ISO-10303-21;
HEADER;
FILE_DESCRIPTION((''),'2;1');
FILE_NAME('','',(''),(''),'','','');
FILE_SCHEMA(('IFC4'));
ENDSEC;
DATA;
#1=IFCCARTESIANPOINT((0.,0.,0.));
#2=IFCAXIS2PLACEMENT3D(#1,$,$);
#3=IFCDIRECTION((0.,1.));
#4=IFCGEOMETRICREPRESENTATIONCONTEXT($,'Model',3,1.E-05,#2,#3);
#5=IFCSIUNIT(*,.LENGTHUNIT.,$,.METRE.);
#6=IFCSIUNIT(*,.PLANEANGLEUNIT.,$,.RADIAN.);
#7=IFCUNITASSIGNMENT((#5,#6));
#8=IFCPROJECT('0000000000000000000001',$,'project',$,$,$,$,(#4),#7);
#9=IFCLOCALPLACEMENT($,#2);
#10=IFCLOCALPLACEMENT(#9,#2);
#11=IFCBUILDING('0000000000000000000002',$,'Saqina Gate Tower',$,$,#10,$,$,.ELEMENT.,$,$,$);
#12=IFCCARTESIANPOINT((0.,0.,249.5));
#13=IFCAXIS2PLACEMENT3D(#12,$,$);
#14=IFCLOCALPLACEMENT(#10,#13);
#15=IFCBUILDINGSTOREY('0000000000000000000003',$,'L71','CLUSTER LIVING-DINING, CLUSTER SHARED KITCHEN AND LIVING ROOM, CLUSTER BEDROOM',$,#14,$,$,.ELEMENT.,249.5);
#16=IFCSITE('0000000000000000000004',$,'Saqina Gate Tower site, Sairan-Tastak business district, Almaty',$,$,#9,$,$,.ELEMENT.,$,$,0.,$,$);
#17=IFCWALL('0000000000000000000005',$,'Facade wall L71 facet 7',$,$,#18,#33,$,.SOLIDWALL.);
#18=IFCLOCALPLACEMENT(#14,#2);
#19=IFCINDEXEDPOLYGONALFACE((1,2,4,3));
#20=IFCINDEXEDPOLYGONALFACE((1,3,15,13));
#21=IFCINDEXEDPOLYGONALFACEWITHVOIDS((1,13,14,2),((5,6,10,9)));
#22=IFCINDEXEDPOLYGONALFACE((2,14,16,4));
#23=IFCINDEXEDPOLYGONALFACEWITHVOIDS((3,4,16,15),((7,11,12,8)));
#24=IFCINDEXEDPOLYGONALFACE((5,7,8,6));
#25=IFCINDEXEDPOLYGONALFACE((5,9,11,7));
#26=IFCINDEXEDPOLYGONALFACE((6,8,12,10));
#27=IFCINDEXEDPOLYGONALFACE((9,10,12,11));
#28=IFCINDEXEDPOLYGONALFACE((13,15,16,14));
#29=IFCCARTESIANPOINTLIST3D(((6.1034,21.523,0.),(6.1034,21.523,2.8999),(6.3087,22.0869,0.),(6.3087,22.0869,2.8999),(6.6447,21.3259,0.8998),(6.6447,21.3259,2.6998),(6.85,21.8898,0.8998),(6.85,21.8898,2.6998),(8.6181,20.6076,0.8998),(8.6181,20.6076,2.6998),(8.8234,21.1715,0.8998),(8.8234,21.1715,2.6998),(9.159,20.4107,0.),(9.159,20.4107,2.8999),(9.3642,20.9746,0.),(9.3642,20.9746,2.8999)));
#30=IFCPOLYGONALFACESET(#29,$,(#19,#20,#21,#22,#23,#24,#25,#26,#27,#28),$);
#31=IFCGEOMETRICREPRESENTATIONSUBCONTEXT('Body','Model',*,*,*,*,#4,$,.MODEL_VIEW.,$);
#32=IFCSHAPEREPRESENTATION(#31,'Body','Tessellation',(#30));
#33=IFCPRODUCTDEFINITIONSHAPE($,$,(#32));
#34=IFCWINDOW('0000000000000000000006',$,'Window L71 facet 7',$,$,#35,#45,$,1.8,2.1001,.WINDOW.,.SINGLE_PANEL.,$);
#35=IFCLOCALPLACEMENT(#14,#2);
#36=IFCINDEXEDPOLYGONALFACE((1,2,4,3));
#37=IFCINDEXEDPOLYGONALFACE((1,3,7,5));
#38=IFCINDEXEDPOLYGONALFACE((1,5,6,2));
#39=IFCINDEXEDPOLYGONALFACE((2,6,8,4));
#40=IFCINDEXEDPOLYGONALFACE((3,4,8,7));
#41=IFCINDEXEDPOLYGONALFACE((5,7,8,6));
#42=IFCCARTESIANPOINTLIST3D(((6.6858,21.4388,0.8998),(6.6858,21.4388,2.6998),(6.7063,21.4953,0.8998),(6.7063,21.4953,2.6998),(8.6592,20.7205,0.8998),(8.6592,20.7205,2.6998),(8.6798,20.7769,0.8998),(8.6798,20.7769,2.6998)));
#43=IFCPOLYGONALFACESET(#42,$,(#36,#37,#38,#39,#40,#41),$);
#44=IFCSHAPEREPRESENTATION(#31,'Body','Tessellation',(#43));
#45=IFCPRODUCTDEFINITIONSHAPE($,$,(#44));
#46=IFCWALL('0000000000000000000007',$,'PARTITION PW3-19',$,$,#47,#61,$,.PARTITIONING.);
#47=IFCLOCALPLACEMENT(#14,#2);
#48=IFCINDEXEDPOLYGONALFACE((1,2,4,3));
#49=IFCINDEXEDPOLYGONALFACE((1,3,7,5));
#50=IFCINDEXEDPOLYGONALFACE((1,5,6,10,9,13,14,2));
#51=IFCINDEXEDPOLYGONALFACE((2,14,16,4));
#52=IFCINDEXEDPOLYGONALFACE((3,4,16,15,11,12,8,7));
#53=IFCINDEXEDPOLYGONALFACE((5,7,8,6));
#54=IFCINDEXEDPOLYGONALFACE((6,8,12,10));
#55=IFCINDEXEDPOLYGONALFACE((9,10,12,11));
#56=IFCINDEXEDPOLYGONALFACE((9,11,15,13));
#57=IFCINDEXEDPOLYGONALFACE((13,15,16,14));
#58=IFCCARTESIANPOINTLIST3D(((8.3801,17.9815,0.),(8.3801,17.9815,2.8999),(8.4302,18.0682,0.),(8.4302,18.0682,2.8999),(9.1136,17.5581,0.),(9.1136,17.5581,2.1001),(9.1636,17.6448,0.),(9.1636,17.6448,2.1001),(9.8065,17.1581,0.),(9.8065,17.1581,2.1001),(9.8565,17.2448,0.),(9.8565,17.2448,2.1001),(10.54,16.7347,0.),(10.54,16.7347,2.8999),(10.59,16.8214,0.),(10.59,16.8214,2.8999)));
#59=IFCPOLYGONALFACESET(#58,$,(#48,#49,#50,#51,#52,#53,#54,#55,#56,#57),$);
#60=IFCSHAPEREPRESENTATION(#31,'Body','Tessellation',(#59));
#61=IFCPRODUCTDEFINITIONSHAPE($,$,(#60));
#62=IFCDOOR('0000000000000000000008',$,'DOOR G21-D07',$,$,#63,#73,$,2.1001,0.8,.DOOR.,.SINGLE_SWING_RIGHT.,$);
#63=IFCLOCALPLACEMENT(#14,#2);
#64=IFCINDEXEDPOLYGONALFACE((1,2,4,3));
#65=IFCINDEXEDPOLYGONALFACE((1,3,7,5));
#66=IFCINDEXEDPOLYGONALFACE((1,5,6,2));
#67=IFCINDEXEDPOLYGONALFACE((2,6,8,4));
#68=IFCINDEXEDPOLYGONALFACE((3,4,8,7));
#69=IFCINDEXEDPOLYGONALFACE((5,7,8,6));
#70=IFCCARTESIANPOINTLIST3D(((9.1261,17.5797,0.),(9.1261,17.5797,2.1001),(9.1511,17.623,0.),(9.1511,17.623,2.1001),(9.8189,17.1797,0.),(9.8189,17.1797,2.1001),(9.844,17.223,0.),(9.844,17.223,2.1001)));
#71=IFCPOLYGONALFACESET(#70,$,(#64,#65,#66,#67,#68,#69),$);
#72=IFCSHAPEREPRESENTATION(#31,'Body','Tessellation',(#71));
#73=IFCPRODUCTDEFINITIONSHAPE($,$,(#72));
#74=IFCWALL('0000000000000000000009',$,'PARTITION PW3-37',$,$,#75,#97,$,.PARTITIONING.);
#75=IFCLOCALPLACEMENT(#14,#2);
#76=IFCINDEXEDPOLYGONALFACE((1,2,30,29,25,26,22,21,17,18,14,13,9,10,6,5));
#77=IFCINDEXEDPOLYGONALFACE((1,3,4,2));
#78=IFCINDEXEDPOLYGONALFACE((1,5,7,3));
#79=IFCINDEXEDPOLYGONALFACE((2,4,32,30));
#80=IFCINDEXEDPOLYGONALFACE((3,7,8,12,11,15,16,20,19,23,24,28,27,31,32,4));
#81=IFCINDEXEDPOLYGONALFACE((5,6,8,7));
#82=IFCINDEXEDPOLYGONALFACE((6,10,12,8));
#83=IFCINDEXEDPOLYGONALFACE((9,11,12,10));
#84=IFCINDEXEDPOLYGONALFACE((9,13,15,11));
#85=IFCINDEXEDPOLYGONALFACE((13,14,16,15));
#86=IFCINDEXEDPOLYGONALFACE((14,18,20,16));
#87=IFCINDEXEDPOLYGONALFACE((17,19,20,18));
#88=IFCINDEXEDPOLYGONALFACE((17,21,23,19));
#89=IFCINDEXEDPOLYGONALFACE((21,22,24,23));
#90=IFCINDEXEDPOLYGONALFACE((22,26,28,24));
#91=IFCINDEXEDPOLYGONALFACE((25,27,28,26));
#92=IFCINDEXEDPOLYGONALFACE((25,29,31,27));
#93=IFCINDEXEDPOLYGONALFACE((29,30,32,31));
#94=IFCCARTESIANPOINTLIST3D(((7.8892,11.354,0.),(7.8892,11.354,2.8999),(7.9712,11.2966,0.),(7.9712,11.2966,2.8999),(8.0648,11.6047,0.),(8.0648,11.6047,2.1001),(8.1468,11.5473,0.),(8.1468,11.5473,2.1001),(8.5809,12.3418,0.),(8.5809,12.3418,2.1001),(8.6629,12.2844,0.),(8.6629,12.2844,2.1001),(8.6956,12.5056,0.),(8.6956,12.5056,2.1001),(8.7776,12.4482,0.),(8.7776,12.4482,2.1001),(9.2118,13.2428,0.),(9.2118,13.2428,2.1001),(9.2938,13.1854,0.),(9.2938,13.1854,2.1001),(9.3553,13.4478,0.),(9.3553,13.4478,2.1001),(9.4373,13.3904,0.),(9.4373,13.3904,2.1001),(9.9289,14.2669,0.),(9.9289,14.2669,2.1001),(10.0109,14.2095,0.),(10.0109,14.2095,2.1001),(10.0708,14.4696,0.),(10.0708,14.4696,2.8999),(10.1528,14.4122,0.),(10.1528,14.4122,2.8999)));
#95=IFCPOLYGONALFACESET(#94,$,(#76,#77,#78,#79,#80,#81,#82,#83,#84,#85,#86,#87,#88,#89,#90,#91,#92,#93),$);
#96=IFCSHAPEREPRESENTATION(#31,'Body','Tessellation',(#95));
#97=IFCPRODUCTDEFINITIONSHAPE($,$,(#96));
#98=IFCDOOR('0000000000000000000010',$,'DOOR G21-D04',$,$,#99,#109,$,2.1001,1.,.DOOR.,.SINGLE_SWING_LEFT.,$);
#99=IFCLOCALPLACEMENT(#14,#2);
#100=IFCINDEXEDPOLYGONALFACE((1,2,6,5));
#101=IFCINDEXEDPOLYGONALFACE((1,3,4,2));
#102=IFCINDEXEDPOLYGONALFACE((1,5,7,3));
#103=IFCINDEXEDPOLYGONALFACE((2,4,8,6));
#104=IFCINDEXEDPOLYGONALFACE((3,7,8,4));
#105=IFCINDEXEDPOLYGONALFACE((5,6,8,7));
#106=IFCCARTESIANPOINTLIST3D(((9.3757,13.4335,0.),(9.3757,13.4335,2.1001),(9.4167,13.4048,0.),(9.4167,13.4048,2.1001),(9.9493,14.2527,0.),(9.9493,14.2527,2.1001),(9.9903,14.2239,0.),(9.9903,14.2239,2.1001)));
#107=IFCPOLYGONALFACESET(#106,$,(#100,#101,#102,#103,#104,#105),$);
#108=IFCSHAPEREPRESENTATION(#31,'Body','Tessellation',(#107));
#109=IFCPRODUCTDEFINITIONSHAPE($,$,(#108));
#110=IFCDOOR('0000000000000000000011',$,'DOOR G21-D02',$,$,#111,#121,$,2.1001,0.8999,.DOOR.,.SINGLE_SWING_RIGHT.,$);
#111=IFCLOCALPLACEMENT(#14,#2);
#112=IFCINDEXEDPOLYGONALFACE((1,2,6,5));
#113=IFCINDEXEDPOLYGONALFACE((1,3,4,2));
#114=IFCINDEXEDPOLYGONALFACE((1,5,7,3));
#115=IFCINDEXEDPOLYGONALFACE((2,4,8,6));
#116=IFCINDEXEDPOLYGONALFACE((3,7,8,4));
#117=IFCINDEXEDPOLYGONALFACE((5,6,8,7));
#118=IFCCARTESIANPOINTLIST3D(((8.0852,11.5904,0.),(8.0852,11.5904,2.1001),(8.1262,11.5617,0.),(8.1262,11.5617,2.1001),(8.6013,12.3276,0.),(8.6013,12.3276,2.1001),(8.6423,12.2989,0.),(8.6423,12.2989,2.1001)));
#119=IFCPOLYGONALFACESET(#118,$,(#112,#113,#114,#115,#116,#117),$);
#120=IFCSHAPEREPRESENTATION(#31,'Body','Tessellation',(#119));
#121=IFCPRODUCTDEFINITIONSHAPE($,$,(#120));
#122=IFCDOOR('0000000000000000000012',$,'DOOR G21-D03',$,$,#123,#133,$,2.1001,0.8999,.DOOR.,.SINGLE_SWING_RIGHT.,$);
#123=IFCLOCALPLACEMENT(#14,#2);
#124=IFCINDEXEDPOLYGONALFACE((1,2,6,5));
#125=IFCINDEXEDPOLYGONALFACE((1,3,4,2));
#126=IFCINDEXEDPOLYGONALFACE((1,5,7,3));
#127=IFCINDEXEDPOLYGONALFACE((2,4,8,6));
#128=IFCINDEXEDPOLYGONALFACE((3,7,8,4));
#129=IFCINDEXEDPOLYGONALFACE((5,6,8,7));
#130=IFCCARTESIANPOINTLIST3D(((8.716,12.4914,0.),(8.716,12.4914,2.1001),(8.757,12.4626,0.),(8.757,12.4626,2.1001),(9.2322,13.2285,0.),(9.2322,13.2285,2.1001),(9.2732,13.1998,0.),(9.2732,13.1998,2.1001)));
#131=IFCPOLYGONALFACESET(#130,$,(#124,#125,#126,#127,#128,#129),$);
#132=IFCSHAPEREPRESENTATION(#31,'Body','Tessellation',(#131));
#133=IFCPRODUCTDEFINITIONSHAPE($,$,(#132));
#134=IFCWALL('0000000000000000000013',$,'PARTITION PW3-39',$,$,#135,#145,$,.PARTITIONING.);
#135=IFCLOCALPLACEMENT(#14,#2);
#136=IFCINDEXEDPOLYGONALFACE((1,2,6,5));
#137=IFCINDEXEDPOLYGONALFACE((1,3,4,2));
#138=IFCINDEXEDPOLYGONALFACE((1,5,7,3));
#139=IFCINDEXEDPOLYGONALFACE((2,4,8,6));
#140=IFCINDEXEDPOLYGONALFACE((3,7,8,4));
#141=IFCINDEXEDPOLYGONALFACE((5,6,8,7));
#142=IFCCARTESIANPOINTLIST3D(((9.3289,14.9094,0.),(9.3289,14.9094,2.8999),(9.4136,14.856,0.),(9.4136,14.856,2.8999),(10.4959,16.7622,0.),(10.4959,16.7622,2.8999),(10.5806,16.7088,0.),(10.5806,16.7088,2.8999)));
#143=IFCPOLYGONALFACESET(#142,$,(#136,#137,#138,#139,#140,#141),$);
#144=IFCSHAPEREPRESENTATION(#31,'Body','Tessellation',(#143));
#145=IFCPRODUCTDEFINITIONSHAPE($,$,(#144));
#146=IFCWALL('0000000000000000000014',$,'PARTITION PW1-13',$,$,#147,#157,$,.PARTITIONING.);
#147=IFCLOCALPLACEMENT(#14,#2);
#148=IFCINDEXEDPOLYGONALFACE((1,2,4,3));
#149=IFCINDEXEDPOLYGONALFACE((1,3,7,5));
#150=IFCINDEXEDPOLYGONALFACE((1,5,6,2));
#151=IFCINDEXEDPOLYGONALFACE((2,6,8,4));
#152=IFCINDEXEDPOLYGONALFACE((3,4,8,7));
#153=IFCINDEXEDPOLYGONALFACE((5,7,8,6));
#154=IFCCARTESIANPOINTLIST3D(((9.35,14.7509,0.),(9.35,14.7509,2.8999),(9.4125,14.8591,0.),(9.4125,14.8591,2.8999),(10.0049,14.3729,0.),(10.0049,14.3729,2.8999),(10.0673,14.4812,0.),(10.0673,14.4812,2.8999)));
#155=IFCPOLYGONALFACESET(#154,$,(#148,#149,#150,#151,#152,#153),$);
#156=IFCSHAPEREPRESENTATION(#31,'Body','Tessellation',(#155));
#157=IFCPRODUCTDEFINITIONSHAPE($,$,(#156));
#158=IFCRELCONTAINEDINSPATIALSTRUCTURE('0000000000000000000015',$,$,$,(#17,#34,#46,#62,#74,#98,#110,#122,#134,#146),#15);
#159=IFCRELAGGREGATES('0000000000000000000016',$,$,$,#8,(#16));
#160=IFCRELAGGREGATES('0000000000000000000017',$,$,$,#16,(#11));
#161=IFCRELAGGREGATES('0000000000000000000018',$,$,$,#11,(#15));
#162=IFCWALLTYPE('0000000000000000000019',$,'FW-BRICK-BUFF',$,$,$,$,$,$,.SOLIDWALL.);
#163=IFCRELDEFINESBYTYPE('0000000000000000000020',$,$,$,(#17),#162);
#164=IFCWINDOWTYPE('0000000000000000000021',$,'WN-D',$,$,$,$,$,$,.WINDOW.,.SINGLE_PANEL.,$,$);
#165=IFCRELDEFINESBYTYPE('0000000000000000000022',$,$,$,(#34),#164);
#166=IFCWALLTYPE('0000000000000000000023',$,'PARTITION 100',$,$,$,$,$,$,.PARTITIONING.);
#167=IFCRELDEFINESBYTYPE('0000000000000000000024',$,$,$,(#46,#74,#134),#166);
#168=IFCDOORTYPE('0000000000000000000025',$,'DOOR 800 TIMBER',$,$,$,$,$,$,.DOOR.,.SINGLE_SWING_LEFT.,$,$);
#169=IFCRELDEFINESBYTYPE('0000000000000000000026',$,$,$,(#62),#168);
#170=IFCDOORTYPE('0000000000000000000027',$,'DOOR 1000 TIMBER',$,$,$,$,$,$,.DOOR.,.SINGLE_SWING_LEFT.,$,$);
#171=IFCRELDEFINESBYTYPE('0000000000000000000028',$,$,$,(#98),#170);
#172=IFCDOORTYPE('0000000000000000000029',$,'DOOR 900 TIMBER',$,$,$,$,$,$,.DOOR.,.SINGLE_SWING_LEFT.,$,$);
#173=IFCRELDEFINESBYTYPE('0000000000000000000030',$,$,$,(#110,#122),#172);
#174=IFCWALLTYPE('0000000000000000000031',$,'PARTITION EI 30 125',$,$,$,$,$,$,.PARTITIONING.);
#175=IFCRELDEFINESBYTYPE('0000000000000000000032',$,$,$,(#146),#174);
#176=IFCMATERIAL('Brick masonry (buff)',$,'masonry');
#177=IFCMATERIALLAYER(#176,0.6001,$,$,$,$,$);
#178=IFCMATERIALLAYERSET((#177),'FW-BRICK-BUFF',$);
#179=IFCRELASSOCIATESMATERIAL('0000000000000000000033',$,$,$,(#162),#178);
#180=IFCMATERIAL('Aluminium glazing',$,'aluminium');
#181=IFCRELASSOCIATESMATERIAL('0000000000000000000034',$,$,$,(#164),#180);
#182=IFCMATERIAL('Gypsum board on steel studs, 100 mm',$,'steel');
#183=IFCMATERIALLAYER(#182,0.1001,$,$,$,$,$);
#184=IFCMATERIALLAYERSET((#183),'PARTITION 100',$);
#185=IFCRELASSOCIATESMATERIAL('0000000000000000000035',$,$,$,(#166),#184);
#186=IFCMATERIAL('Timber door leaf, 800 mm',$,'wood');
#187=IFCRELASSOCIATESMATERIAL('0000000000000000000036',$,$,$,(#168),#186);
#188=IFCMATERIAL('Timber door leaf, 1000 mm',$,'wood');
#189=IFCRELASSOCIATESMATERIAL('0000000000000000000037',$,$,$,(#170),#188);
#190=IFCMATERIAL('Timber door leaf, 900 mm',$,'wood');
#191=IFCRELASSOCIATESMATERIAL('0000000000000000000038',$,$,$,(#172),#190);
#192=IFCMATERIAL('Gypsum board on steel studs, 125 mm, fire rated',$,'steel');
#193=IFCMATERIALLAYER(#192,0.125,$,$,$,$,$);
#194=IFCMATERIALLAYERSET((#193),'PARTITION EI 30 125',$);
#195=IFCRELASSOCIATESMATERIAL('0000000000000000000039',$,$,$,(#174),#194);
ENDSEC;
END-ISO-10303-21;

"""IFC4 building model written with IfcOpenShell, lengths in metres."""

from ifc_helpers import new_model, si_unit, direction, frame, frame_2d, origin, place, context, subcontext, project, spatial, rectangle, extrude, material, layer, layer_set, type_object, element, fill, save


model = new_model("IFC4")

# Units and contexts
model_context = context("Model", 3, precision=1e-05, world=origin(), true_north=direction((0.0, 1.0)))
body_context = subcontext(model_context, "Body", "Model", "MODEL_VIEW")
ifc_project = project(units=[si_unit("LENGTHUNIT", "METRE"), si_unit("PLANEANGLEUNIT", "RADIAN")], contexts=[model_context])

# Site, building, storey
site_placement = place(None, origin())
site = spatial("IfcSite", under=ifc_project, at=site_placement, Name="Saqina Gate Tower site, Sairan-Tastak business district, Almaty", CompositionType="ELEMENT", RefElevation=0.0)
building_placement = place(site_placement, origin())
building = spatial("IfcBuilding", under=site, at=building_placement, Name="Saqina Gate Tower", CompositionType="ELEMENT")
storey_placement = place(building_placement, frame((0.0, 0.0, 249.5)))
storey = spatial("IfcBuildingStorey", under=building, at=storey_placement, Name="L71", Description="CLUSTER LIVING-DINING, CLUSTER SHARED KITCHEN AND LIVING ROOM, CLUSTER BEDROOM", CompositionType="ELEMENT", Elevation=249.5)

# Wall, opening, window
ifc_material_1 = material(Name="Brick masonry (buff)", Category="masonry")
ifc_layer_1 = layer(ifc_material_1, 0.6001)
ifc_layer_set_1 = layer_set([ifc_layer_1], Name="FW-BRICK-BUFF")
wall_type_1 = type_object("IfcWallType", Name="FW-BRICK-BUFF", PredefinedType="SOLIDWALL", material=ifc_layer_set_1)
ifc_material_2 = material(Name="Aluminium glazing", Category="aluminium")
window_type = type_object("IfcWindowType", Name="WN-D", PartitioningType="SINGLE_PANEL", PredefinedType="WINDOW", material=ifc_material_2)
wall_1_placement = place(storey_placement, frame((9.2617, 20.6926, 0.0), z_axis=(0.0, 0.0, 1.0), x_axis=(-0.939679, 0.342057, 0.0)))
wall_1 = element("IfcWall", 1, at=wall_1_placement, inside=storey, type_object=wall_type_1, Name="Facade wall L71 facet 7", PredefinedType="SOLIDWALL", context=body_context, shape_type="SweptSolid", body=[
    extrude(rectangle(XDim=3.2517, YDim=0.6001, at=frame_2d((1.626, 0.0))), origin(), (0.0, 0.0, 1.0), 2.8999),
])
opening_1_placement = place(wall_1_placement, frame((0.5757, 0.0, 0.8999)))
opening_1 = element("IfcOpeningElement", 2, at=opening_1_placement, cuts=wall_1, PredefinedType="OPENING", context=body_context, shape_type="SweptSolid", body=[
    extrude(rectangle(XDim=2.1001, YDim=1.8, at=frame_2d((1.05, 0.8999))), frame((0.0, 0.312, 0.0), z_axis=(0.0, -1.0, 0.0), x_axis=(1.0, 0.0, 0.0)), (0.0, 0.0, 1.0), 0.624),
])
window_1_placement = place(opening_1_placement, origin())
window_1 = element("IfcWindow", 3, at=window_1_placement, inside=storey, type_object=window_type, Name="Window L71 facet 7", OverallHeight=1.8, OverallWidth=2.1001, PartitioningType="SINGLE_PANEL", PredefinedType="WINDOW", context=body_context, shape_type="SweptSolid", body=[
    extrude(rectangle(XDim=2.1001, YDim=1.8, at=frame_2d((1.05, 0.8999))), frame((0.0, 0.1799, 0.0), z_axis=(0.0, -1.0, 0.0), x_axis=(1.0, 0.0, 0.0)), (0.0, 0.0, 1.0), 0.0601),
])
fill(opening_1, window_1)

# Wall, opening, door
ifc_material_3 = material(Name="Gypsum board on steel studs, 100 mm", Category="steel")
ifc_layer_2 = layer(ifc_material_3, 0.1001)
ifc_layer_set_2 = layer_set([ifc_layer_2], Name="PARTITION 100")
wall_type_2 = type_object("IfcWallType", Name="PARTITION 100", PredefinedType="PARTITIONING", material=ifc_layer_set_2)
wall_2_placement = place(storey_placement, frame((8.405, 18.0249, 0.0), z_axis=(0.0, 0.0, 1.0), x_axis=(0.86606, -0.49994, 0.0)))
wall_2 = element("IfcWall", 4, at=wall_2_placement, inside=storey, type_object=wall_type_2, Name="PARTITION PW3-19", PredefinedType="PARTITIONING", context=body_context, shape_type="SweptSolid", body=[
    extrude(rectangle(XDim=2.4939, YDim=0.1001, at=frame_2d((1.2471, 0.0))), origin(), (0.0, 0.0, 1.0), 2.8999),
])
opening_2_placement = place(wall_2_placement, frame((0.8472, 0.0, 0.0)))
opening_2 = element("IfcOpeningElement", 5, at=opening_2_placement, cuts=wall_2, PredefinedType="OPENING", context=body_context, shape_type="SweptSolid", body=[
    extrude(rectangle(XDim=0.8, YDim=2.1001, at=frame_2d((0.3999, 1.05))), frame((0.0, 0.062, 0.0), z_axis=(0.0, -1.0, 0.0), x_axis=(1.0, 0.0, 0.0)), (0.0, 0.0, 1.0), 0.124),
])
ifc_material_4 = material(Name="Timber door leaf, 800 mm", Category="wood")
door_type_1 = type_object("IfcDoorType", Name="DOOR 800 TIMBER", OperationType="SINGLE_SWING_LEFT", PredefinedType="DOOR", material=ifc_material_4)
door_1_placement = place(opening_2_placement, origin())
door_1 = element("IfcDoor", 6, at=door_1_placement, inside=storey, type_object=door_type_1, Name="DOOR G21-D07", OperationType="SINGLE_SWING_RIGHT", OverallHeight=2.1001, OverallWidth=0.8, PredefinedType="DOOR", context=body_context, shape_type="SweptSolid", body=[
    extrude(rectangle(XDim=0.8, YDim=2.1001, at=frame_2d((0.3999, 1.05))), frame((0.0, 0.0249, 0.0), z_axis=(0.0, -1.0, 0.0), x_axis=(1.0, 0.0, 0.0)), (0.0, 0.0, 1.0), 0.05),
])
fill(opening_2, door_1)

# Wall, openings, doors
wall_3_placement = place(storey_placement, frame((7.9302, 11.3252, 0.0), z_axis=(0.0, 0.0, 1.0), x_axis=(0.573574, 0.819154, 0.0)))
wall_3 = element("IfcWall", 7, at=wall_3_placement, inside=storey, type_object=wall_type_2, Name="PARTITION PW3-37", PredefinedType="PARTITIONING", context=body_context, shape_type="SweptSolid", body=[
    extrude(rectangle(XDim=3.8035, YDim=0.1001, at=frame_2d((1.9019, 0.0))), origin(), (0.0, 0.0, 1.0), 2.8999),
])
opening_3_placement = place(wall_3_placement, frame((0.3062, 0.0, 0.0)))
opening_3 = element("IfcOpeningElement", 8, at=opening_3_placement, cuts=wall_3, PredefinedType="OPENING", context=body_context, shape_type="SweptSolid", body=[
    extrude(rectangle(XDim=0.8999, YDim=2.1001, at=frame_2d((0.45, 1.05))), frame((0.0, 0.062, 0.0), z_axis=(0.0, -1.0, 0.0), x_axis=(1.0, 0.0, 0.0)), (0.0, 0.0, 1.0), 0.124),
])
opening_4_placement = place(wall_3_placement, frame((1.406, 0.0, 0.0)))
opening_4 = element("IfcOpeningElement", 9, at=opening_4_placement, cuts=wall_3, PredefinedType="OPENING", context=body_context, shape_type="SweptSolid", body=[
    extrude(rectangle(XDim=0.8999, YDim=2.1001, at=frame_2d((0.45, 1.05))), frame((0.0, 0.062, 0.0), z_axis=(0.0, -1.0, 0.0), x_axis=(1.0, 0.0, 0.0)), (0.0, 0.0, 1.0), 0.124),
])
opening_5_placement = place(wall_3_placement, frame((2.5562, 0.0, 0.0)))
opening_5 = element("IfcOpeningElement", 10, at=opening_5_placement, cuts=wall_3, PredefinedType="OPENING", context=body_context, shape_type="SweptSolid", body=[
    extrude(rectangle(XDim=1.0, YDim=2.1001, at=frame_2d((0.5, 1.05))), frame((0.0, 0.062, 0.0), z_axis=(0.0, -1.0, 0.0), x_axis=(1.0, 0.0, 0.0)), (0.0, 0.0, 1.0), 0.124),
])
ifc_material_5 = material(Name="Timber door leaf, 1000 mm", Category="wood")
door_type_2 = type_object("IfcDoorType", Name="DOOR 1000 TIMBER", OperationType="SINGLE_SWING_LEFT", PredefinedType="DOOR", material=ifc_material_5)
door_2_placement = place(opening_5_placement, frame((1.0, 0.0, 0.0), z_axis=(0.0, 0.0, 1.0), x_axis=(-1.0, 0.0, 0.0)))
door_2 = element("IfcDoor", 11, at=door_2_placement, inside=storey, type_object=door_type_2, Name="DOOR G21-D04", OperationType="SINGLE_SWING_LEFT", OverallHeight=2.1001, OverallWidth=1.0, PredefinedType="DOOR", context=body_context, shape_type="SweptSolid", body=[
    extrude(rectangle(XDim=1.0, YDim=2.1001, at=frame_2d((0.5, 1.05))), frame((0.0, 0.0249, 0.0), z_axis=(0.0, -1.0, 0.0), x_axis=(1.0, 0.0, 0.0)), (0.0, 0.0, 1.0), 0.05),
])
fill(opening_5, door_2)
ifc_material_6 = material(Name="Timber door leaf, 900 mm", Category="wood")
door_type_3 = type_object("IfcDoorType", Name="DOOR 900 TIMBER", OperationType="SINGLE_SWING_LEFT", PredefinedType="DOOR", material=ifc_material_6)
door_3_placement = place(opening_3_placement, frame((0.8999, 0.0, 0.0), z_axis=(0.0, 0.0, 1.0), x_axis=(-1.0, 0.0, 0.0)))
door_3 = element("IfcDoor", 12, at=door_3_placement, inside=storey, type_object=door_type_3, Name="DOOR G21-D02", OperationType="SINGLE_SWING_RIGHT", OverallHeight=2.1001, OverallWidth=0.8999, PredefinedType="DOOR", context=body_context, shape_type="SweptSolid", body=[
    extrude(rectangle(XDim=0.8999, YDim=2.1001, at=frame_2d((0.45, 1.05))), frame((0.0, 0.0249, 0.0), z_axis=(0.0, -1.0, 0.0), x_axis=(1.0, 0.0, 0.0)), (0.0, 0.0, 1.0), 0.05),
])
fill(opening_3, door_3)
door_4_placement = place(opening_4_placement, frame((0.8999, 0.0, 0.0), z_axis=(0.0, 0.0, 1.0), x_axis=(-1.0, 0.0, 0.0)))
door_4 = element("IfcDoor", 13, at=door_4_placement, inside=storey, type_object=door_type_3, Name="DOOR G21-D03", OperationType="SINGLE_SWING_RIGHT", OverallHeight=2.1001, OverallWidth=0.8999, PredefinedType="DOOR", context=body_context, shape_type="SweptSolid", body=[
    extrude(rectangle(XDim=0.8999, YDim=2.1001, at=frame_2d((0.45, 1.05))), frame((0.0, 0.0249, 0.0), z_axis=(0.0, -1.0, 0.0), x_axis=(1.0, 0.0, 0.0)), (0.0, 0.0, 1.0), 0.05),
])
fill(opening_4, door_4)

# Walls
wall_4_placement = place(storey_placement, frame((9.3713, 14.8828, 0.0), z_axis=(0.0, 0.0, 1.0), x_axis=(0.532952, 0.846145, 0.0)))
element("IfcWall", 14, at=wall_4_placement, inside=storey, type_object=wall_type_2, Name="PARTITION PW3-39", PredefinedType="PARTITIONING", context=body_context, shape_type="SweptSolid", body=[
    extrude(rectangle(XDim=2.1897, YDim=0.1001, at=frame_2d((1.0947, 0.0))), origin(), (0.0, 0.0, 1.0), 2.8999),
])
ifc_material_7 = material(Name="Gypsum board on steel studs, 125 mm, fire rated", Category="steel")
ifc_layer_3 = layer(ifc_material_7, 0.125)
ifc_layer_set_3 = layer_set([ifc_layer_3], Name="PARTITION EI 30 125")
wall_type_3 = type_object("IfcWallType", Name="PARTITION EI 30 125", PredefinedType="PARTITIONING", material=ifc_layer_set_3)
wall_5_placement = place(storey_placement, frame((9.3813, 14.8049, 0.0), z_axis=(0.0, 0.0, 1.0), x_axis=(0.866089, -0.49989, 0.0)))
element("IfcWall", 15, at=wall_5_placement, inside=storey, type_object=wall_type_3, Name="PARTITION PW1-13", PredefinedType="PARTITIONING", context=body_context, shape_type="SweptSolid", body=[
    extrude(rectangle(XDim=0.7561, YDim=0.125, at=frame_2d((0.3779, 0.0))), origin(), (0.0, 0.0, 1.0), 2.8999),
])

save(model, "model.ifc")
